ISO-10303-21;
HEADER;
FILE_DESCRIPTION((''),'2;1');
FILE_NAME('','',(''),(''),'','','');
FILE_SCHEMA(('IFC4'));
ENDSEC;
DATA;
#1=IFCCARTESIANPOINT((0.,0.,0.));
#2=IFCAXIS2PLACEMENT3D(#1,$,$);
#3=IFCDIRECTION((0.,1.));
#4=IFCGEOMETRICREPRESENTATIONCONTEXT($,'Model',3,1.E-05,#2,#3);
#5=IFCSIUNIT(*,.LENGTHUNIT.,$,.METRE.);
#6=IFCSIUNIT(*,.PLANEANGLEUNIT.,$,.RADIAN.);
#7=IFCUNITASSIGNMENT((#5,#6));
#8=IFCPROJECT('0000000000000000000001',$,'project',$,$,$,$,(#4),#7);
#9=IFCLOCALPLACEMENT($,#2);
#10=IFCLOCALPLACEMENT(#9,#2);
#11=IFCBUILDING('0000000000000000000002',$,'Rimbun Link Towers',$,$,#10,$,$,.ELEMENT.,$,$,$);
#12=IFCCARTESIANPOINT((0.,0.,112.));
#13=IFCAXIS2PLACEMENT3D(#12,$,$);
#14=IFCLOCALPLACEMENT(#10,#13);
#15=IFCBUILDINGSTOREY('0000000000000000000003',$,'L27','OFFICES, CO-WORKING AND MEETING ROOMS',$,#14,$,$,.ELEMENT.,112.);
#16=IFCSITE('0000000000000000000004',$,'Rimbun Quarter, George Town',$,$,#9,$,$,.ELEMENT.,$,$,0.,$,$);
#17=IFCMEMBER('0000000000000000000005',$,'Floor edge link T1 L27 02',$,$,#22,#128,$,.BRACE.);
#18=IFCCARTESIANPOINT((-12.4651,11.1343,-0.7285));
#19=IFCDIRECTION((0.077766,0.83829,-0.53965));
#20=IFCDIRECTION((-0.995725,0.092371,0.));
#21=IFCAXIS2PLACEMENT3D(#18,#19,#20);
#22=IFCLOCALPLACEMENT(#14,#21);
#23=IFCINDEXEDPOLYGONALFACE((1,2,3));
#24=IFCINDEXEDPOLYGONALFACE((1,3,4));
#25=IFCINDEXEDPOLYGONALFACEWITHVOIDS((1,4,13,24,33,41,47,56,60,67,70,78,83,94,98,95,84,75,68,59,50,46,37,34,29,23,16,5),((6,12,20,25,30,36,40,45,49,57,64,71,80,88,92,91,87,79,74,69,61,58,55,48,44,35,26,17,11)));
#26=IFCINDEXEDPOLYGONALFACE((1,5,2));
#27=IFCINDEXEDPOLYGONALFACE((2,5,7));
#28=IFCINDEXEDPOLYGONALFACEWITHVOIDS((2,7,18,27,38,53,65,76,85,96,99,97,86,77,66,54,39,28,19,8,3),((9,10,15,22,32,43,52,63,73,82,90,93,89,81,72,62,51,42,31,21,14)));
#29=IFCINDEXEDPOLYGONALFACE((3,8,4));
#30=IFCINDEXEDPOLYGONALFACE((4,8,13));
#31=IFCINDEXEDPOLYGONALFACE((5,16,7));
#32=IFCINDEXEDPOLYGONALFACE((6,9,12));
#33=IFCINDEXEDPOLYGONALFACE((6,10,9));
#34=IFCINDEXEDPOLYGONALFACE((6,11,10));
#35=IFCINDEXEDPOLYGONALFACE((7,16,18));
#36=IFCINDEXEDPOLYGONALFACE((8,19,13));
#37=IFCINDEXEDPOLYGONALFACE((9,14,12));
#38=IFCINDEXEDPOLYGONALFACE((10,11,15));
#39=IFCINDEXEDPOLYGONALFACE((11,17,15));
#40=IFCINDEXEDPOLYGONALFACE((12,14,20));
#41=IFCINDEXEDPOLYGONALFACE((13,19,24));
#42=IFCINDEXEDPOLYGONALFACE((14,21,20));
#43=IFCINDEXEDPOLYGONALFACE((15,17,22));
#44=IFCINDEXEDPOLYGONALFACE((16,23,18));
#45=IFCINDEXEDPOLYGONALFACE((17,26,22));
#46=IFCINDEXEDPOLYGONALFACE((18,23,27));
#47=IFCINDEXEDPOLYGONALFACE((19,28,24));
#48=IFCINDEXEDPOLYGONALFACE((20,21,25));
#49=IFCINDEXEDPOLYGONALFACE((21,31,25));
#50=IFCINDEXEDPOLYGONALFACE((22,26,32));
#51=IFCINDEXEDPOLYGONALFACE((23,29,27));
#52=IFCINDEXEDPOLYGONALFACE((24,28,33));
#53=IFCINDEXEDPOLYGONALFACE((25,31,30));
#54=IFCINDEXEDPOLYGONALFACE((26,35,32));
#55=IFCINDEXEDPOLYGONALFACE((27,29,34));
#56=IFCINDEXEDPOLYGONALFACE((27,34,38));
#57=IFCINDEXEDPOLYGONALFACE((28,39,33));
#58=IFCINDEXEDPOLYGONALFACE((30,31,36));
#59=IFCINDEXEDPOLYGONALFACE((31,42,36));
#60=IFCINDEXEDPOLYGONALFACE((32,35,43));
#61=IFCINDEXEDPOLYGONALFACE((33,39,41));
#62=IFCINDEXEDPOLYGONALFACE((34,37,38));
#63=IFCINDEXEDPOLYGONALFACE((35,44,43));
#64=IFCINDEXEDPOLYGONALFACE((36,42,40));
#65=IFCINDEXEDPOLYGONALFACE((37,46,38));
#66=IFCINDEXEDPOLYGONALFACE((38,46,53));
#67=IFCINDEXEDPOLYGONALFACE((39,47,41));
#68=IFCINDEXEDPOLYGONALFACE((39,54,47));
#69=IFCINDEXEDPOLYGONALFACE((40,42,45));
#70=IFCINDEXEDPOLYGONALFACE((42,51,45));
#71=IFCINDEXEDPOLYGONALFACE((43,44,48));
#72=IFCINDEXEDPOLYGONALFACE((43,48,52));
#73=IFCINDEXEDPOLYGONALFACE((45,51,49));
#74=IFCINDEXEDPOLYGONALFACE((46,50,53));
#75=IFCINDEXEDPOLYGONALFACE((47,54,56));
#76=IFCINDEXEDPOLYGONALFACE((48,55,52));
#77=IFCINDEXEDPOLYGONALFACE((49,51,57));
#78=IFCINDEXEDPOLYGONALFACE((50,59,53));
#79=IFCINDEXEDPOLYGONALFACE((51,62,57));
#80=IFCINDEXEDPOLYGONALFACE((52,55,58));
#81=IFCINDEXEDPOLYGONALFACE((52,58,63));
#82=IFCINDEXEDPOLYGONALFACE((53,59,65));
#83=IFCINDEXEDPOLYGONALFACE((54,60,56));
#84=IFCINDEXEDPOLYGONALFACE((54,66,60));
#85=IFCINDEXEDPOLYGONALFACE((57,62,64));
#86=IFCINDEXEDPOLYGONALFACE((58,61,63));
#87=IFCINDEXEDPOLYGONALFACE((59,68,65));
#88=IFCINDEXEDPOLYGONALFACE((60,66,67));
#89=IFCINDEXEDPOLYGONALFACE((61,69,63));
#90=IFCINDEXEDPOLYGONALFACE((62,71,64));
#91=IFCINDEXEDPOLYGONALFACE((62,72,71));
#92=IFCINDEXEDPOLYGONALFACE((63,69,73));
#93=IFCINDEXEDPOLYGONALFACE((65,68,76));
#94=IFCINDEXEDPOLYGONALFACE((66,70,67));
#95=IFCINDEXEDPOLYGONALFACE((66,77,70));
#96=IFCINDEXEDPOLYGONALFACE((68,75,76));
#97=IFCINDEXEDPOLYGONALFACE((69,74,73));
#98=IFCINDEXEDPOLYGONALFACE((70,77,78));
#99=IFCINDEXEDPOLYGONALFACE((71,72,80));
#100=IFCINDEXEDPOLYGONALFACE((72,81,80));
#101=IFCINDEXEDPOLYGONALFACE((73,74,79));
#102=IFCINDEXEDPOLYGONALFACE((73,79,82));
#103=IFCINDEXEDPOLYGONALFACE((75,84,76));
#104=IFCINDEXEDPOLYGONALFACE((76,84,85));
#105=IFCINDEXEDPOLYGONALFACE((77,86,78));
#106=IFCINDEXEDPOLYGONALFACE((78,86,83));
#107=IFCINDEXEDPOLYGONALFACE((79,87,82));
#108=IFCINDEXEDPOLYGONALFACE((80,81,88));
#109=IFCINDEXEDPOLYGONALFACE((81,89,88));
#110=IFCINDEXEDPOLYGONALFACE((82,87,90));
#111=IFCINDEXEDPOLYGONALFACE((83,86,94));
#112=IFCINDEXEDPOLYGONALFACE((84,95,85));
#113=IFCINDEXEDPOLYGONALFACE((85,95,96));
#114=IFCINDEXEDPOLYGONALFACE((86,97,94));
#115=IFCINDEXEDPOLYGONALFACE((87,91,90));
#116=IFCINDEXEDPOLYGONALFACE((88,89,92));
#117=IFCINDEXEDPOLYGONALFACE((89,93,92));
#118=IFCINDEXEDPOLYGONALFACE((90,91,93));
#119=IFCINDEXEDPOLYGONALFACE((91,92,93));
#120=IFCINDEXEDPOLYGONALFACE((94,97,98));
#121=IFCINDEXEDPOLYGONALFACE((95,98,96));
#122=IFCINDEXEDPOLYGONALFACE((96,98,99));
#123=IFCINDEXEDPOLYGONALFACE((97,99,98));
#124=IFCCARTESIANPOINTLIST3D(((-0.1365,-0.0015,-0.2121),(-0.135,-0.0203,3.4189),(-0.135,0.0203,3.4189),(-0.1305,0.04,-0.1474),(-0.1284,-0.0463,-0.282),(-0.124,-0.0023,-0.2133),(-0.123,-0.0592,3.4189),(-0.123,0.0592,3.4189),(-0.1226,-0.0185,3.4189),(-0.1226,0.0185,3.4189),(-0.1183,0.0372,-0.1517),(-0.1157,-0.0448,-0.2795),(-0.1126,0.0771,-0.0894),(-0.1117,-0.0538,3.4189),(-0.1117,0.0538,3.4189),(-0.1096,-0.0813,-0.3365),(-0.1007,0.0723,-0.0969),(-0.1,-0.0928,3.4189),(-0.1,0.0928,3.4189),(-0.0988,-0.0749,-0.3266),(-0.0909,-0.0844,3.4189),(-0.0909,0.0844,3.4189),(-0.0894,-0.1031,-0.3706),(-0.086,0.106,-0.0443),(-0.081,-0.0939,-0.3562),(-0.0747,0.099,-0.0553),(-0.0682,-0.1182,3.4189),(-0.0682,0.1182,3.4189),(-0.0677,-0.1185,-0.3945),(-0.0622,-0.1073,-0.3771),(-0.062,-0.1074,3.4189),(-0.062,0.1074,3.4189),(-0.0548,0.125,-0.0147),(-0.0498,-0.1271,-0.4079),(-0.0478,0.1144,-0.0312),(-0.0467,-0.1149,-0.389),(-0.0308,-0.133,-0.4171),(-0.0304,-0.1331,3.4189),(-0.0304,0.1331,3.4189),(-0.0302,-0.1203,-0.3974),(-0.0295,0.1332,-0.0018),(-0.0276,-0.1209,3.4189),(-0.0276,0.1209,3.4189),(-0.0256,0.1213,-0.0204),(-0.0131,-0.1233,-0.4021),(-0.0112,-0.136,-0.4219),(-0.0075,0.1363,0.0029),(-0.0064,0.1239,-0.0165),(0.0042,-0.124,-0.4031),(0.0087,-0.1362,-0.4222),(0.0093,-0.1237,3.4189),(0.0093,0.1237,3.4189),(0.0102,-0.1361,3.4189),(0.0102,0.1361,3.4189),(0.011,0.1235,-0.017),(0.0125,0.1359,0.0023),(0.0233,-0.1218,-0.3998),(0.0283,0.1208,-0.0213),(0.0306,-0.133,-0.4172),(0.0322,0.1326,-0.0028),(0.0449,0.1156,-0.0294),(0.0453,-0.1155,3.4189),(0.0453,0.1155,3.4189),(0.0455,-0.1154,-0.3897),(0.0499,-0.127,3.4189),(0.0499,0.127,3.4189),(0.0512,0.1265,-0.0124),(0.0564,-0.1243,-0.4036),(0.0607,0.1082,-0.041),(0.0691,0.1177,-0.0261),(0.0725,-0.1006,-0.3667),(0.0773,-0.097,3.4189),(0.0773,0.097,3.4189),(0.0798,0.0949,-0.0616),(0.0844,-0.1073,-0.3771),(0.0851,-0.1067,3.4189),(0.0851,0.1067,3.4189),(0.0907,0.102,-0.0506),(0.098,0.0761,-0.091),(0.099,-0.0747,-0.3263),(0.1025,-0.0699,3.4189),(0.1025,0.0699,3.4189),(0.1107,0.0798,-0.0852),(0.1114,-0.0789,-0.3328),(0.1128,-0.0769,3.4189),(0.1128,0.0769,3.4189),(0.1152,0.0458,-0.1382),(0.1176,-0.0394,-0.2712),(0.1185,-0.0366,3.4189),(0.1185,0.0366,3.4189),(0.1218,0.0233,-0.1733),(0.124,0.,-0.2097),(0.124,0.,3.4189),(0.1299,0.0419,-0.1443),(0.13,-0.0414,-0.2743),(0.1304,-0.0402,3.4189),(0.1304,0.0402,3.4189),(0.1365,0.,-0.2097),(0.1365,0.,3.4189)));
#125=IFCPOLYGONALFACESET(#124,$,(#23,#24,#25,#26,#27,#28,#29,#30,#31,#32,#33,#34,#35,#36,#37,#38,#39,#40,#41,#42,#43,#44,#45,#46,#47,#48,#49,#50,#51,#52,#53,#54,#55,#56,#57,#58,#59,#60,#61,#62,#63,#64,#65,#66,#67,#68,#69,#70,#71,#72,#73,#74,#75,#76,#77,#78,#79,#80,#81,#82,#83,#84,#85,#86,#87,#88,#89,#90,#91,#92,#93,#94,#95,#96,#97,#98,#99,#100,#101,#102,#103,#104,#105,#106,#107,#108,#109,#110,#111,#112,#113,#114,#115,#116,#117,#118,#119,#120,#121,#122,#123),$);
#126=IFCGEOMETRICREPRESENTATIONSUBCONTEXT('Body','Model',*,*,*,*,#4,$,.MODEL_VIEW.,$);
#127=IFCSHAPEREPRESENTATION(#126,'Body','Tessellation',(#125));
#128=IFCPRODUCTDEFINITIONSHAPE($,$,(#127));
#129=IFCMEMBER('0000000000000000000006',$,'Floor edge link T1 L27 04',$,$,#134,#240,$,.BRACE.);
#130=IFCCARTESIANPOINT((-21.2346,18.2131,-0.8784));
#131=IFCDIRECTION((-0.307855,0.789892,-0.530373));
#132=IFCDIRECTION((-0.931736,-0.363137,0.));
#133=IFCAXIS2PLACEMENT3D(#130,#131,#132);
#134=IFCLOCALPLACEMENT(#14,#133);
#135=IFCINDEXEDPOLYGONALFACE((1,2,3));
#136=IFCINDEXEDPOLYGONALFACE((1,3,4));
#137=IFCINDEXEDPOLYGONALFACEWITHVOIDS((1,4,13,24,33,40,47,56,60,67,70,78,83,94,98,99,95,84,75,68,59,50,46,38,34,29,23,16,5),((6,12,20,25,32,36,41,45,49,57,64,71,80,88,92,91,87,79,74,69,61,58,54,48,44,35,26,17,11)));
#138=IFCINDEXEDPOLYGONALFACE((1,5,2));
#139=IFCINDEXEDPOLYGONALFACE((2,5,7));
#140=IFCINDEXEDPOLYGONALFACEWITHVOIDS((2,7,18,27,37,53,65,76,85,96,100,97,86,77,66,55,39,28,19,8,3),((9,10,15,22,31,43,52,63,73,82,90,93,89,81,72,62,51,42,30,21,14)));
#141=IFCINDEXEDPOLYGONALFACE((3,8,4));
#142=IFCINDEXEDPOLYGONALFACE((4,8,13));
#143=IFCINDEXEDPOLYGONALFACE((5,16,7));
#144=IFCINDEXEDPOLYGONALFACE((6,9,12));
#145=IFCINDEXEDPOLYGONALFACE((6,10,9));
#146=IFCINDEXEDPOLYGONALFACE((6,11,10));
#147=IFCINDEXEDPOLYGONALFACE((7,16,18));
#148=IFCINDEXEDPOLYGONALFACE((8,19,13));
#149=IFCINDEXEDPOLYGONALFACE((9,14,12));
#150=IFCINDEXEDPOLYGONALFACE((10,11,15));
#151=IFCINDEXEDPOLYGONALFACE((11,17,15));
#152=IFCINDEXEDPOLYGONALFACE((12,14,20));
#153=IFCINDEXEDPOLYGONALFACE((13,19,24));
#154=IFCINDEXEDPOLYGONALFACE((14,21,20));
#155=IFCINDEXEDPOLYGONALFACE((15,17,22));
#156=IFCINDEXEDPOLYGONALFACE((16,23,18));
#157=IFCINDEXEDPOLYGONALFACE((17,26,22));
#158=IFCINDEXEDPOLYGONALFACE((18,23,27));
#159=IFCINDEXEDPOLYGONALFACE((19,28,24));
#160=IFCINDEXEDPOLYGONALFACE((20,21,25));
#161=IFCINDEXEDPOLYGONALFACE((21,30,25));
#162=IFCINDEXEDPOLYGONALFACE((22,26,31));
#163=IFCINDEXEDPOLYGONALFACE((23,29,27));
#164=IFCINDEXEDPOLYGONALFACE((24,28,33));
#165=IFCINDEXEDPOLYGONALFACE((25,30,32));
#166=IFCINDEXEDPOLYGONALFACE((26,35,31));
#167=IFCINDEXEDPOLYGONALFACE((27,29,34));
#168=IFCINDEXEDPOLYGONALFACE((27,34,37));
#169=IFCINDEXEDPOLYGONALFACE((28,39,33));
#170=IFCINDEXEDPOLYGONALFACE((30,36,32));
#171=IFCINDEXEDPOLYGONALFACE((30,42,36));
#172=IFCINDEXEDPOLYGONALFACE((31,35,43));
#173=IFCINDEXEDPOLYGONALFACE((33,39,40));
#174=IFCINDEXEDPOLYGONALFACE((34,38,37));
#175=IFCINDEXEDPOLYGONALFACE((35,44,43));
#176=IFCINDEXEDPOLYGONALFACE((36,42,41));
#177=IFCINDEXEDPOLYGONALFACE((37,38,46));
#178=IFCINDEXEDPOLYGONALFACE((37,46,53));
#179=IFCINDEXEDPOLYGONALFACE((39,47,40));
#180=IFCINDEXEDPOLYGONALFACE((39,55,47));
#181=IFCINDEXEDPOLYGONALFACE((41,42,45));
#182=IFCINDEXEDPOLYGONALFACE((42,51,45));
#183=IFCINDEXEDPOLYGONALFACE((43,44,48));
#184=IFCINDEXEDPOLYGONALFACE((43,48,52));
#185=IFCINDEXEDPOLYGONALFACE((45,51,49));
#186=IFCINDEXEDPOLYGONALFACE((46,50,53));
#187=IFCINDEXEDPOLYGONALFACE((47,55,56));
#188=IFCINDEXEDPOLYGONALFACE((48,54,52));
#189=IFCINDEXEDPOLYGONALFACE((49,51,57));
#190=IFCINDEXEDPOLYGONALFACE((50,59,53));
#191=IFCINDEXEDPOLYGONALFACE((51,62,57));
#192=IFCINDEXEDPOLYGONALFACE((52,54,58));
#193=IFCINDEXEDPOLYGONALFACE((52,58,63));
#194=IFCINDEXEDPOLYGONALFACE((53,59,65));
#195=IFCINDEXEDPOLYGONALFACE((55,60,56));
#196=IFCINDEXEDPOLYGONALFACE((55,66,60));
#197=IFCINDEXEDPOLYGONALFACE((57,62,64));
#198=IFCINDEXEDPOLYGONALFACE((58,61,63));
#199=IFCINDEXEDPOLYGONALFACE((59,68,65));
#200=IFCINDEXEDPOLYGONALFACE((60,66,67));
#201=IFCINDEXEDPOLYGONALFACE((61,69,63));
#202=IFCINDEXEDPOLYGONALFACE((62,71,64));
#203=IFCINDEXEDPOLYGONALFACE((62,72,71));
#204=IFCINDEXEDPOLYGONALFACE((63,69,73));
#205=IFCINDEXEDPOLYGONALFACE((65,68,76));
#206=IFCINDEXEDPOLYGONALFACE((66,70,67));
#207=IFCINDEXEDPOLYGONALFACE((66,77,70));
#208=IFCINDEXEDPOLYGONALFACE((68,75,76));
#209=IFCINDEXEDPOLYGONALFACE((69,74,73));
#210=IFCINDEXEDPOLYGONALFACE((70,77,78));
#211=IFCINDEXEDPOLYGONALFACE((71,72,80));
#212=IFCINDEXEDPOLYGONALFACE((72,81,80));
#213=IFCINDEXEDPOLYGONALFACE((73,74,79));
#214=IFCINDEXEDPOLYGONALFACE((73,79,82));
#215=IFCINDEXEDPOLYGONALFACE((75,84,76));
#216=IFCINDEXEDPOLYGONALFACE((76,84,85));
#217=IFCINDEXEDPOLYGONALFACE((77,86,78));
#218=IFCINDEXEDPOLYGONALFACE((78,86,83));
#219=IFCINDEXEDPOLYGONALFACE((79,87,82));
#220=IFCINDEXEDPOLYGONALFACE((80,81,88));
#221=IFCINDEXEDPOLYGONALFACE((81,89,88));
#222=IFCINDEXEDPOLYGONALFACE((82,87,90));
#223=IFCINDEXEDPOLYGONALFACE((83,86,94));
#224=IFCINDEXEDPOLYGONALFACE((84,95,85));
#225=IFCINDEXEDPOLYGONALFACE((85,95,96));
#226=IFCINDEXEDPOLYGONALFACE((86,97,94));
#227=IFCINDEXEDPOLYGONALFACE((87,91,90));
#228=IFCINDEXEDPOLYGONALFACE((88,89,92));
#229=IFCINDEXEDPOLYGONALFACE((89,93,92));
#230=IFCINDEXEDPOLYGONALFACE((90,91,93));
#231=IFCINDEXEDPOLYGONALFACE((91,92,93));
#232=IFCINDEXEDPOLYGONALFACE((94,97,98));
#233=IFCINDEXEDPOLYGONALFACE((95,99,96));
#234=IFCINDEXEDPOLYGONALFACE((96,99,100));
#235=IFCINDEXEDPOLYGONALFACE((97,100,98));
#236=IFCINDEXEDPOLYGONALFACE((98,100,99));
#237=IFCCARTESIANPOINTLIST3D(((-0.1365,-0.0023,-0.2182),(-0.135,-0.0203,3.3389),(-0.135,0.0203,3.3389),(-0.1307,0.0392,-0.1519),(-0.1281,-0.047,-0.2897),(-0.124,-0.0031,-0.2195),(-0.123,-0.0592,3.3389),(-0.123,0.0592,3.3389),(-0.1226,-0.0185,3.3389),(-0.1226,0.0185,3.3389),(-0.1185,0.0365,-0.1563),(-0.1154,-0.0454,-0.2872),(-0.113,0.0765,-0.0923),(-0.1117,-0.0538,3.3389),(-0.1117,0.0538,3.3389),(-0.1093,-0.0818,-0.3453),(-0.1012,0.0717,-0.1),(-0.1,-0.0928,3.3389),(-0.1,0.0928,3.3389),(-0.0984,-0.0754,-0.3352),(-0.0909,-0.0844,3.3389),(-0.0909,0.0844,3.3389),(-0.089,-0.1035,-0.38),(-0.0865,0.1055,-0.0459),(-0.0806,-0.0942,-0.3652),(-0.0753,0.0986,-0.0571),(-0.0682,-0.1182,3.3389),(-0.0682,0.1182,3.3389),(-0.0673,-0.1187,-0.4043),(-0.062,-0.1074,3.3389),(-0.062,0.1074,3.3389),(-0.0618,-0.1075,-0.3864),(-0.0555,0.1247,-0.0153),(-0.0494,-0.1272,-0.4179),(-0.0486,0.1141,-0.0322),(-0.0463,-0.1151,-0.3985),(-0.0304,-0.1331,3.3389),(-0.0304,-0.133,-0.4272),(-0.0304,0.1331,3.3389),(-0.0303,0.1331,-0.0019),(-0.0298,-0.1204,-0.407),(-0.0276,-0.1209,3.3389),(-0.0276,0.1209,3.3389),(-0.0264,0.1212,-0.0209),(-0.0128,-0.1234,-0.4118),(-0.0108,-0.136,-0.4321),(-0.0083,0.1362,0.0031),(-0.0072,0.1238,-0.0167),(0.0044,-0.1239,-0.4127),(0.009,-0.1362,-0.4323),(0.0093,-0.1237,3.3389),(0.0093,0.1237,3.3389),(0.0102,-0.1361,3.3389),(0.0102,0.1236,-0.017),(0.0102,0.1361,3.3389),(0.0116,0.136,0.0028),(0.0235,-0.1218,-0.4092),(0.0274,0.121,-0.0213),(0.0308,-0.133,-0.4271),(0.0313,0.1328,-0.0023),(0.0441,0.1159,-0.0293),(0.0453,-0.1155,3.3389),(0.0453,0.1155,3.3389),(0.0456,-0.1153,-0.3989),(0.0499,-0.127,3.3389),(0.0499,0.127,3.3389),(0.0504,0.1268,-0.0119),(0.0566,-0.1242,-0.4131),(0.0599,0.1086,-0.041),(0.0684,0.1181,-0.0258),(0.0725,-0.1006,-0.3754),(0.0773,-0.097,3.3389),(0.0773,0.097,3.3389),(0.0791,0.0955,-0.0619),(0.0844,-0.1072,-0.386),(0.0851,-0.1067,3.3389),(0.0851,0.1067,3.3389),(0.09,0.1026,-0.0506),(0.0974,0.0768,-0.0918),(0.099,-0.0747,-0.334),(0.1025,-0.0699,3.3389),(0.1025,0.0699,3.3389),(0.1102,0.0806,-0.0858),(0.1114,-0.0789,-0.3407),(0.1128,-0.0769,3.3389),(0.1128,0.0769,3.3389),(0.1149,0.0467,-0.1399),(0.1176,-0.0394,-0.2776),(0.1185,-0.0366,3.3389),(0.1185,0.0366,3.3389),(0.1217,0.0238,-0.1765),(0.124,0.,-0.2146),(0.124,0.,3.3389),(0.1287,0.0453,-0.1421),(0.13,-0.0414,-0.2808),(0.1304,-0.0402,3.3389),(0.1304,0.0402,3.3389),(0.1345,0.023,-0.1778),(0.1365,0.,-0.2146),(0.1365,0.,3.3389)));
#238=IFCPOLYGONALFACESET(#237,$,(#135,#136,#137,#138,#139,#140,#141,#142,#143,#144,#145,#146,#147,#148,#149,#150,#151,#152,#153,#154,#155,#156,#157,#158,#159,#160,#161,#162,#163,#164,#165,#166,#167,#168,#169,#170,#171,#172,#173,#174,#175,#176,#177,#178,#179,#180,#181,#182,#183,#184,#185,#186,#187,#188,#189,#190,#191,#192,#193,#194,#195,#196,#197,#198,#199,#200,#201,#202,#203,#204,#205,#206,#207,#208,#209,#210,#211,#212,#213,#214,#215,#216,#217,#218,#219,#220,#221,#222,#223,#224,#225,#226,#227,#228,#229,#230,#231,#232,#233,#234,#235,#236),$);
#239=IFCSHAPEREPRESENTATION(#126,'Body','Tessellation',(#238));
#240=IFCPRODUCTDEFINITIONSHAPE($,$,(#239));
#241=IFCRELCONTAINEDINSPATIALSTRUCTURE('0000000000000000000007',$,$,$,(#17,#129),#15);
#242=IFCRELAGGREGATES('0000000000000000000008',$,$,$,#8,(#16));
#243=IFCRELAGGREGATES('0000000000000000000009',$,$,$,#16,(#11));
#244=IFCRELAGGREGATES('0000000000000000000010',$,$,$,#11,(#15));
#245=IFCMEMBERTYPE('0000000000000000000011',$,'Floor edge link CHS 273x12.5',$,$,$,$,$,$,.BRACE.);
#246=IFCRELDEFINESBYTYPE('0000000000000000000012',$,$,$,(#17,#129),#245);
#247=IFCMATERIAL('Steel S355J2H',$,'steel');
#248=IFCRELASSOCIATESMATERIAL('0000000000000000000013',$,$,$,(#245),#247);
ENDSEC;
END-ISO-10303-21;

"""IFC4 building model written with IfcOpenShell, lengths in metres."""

from ifc_helpers import new_model, si_unit, direction, frame, origin, origin_2d, place, context, subcontext, project, spatial, hollow_circle, extrude, clip, halfspace, material, material_profile, profile_set, type_object, element, save


model = new_model("IFC4")

# Units and contexts
model_context = context("Model", 3, precision=1e-05, world=origin(), true_north=direction((0.0, 1.0)))
body_context = subcontext(model_context, "Body", "Model", "MODEL_VIEW")
ifc_project = project(units=[si_unit("LENGTHUNIT", "METRE"), si_unit("PLANEANGLEUNIT", "RADIAN")], contexts=[model_context])

# Site, building, storey
site_placement = place(None, origin())
site = spatial("IfcSite", under=ifc_project, at=site_placement, Name="Rimbun Quarter, George Town", CompositionType="ELEMENT", RefElevation=0.0)
building_placement = place(site_placement, origin())
building = spatial("IfcBuilding", under=site, at=building_placement, Name="Rimbun Link Towers", CompositionType="ELEMENT")
storey_placement = place(building_placement, frame((0.0, 0.0, 112.0)))
storey = spatial("IfcBuildingStorey", under=building, at=storey_placement, Name="L27", Description="OFFICES, CO-WORKING AND MEETING ROOMS", CompositionType="ELEMENT", Elevation=112.0)

# Members
ifc_material_1 = material(Name="Steel S355J2H", Category="steel")
ifc_material_profile_1 = material_profile(ifc_material_1, hollow_circle(Radius=0.1365, WallThickness=0.0125, at=origin_2d()), Name="CHS 273x12.5")
ifc_profile_set_1 = profile_set([ifc_material_profile_1], Name="Steel S355J2H")
member_type_1 = type_object("IfcMemberType", Name="Floor edge link CHS 273x12.5", PredefinedType="BRACE", material=ifc_profile_set_1)
member_1_placement = place(storey_placement, frame((-12.4651, 11.1343, -0.7285), z_axis=(0.077766, 0.83829, -0.53965), x_axis=(-0.995725, 0.092371, 0.0)))
element("IfcMember", 1, at=member_1_placement, inside=storey, type_object=member_type_1, Name="Floor edge link T1 L27 02", PredefinedType="BRACE", context=body_context, shape_type="Clipping", body=[
    clip(extrude(hollow_circle(Radius=0.1365, WallThickness=0.0125, at=origin_2d()), frame((0.0, 0.0, -0.4443)), (0.0, 0.0, 1.0), 3.8633), halfspace(frame((0.0, 0.0, -0.2097), z_axis=(0.0, 0.841889, -0.53965)), False)),
])
member_2_placement = place(storey_placement, frame((-21.2346, 18.2131, -0.8784), z_axis=(-0.307855, 0.789892, -0.530373), x_axis=(-0.931736, -0.363137, 0.0)))
element("IfcMember", 2, at=member_2_placement, inside=storey, type_object=member_type_1, Name="Floor edge link T1 L27 04", PredefinedType="BRACE", context=body_context, shape_type="Clipping", body=[
    clip(extrude(hollow_circle(Radius=0.1365, WallThickness=0.0125, at=origin_2d()), frame((0.0, 0.0, -0.4551)), (0.0, 0.0, 1.0), 3.7939), halfspace(frame((0.0, 0.0, -0.2146), z_axis=(0.0, 0.847764, -0.530373)), False)),
])

save(model, "model.ifc")
